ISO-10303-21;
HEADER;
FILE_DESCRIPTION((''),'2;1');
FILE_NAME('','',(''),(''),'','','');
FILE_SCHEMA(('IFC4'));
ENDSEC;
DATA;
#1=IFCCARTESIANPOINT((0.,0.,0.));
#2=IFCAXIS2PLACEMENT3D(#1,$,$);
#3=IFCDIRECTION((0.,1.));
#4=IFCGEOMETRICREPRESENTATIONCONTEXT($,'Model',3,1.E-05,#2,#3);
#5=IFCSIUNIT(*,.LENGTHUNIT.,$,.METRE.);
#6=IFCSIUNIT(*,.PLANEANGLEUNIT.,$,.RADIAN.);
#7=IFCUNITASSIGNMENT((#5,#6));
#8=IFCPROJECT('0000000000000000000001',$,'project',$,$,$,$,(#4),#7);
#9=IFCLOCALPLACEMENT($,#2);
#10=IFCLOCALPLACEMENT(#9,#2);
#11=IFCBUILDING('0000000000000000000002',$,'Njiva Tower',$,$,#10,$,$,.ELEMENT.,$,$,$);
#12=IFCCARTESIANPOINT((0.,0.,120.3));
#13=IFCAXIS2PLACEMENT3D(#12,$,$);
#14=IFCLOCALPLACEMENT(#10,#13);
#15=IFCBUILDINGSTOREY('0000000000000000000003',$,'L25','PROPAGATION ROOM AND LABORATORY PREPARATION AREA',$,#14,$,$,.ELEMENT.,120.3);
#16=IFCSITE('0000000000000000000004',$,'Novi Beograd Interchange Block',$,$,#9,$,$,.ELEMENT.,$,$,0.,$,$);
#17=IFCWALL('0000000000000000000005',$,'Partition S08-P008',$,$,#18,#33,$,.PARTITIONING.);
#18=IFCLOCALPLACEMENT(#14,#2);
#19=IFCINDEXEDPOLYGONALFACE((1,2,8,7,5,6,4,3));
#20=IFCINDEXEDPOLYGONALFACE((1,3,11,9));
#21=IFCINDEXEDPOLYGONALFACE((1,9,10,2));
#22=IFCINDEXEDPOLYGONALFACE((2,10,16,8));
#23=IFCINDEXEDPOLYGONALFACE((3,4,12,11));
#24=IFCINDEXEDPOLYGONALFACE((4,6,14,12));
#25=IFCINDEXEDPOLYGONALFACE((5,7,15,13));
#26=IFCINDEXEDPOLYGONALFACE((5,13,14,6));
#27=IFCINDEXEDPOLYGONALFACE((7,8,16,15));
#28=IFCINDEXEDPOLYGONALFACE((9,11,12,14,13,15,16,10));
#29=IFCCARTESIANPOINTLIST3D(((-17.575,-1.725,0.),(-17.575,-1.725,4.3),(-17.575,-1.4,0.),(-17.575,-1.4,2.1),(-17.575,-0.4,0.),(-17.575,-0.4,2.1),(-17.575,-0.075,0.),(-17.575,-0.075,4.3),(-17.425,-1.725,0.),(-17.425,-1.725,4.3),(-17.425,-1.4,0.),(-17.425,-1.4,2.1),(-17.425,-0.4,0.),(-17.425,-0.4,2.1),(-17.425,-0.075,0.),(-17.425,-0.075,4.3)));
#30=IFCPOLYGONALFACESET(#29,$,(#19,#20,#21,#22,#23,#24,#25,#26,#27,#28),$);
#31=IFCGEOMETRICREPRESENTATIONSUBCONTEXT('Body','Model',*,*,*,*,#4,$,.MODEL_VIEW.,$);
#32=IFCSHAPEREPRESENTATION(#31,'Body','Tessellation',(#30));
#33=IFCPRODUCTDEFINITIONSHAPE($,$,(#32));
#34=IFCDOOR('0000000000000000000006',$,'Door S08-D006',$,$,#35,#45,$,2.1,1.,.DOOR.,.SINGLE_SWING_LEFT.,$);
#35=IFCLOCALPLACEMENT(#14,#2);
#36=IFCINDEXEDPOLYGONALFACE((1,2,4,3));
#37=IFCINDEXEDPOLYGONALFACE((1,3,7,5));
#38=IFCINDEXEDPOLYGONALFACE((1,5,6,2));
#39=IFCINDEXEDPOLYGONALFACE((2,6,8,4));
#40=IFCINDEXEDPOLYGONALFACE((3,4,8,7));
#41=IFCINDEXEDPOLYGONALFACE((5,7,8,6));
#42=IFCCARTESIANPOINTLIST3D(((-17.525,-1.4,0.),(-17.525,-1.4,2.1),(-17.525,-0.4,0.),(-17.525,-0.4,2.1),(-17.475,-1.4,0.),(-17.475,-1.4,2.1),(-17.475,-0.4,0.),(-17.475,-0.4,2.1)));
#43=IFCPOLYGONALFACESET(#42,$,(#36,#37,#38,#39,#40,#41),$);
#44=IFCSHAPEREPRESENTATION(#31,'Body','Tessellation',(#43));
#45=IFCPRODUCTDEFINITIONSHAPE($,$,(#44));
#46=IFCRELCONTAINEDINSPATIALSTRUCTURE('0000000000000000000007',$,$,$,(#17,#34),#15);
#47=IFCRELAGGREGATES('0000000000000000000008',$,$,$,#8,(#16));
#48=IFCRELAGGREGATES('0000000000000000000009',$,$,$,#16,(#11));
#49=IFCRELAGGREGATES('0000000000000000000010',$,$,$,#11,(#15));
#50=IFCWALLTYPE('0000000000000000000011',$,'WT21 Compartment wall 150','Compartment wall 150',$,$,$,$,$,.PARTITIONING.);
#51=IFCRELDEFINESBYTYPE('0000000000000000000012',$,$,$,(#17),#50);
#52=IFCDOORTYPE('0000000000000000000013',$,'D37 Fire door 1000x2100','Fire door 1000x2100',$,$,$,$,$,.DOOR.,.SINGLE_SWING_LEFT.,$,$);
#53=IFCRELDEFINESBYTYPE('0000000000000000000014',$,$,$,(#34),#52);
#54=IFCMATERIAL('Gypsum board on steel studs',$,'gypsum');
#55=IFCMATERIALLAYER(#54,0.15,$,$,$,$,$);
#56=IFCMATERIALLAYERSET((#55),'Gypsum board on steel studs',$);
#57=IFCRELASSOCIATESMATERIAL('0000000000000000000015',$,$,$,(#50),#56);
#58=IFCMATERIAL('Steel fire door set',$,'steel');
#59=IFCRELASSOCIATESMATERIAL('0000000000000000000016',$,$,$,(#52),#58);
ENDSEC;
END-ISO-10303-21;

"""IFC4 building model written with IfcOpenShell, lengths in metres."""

from ifc_helpers import new_model, si_unit, direction, frame, frame_2d, origin, place, context, subcontext, project, spatial, rectangle, extrude, material, layer, layer_set, type_object, element, fill, save


model = new_model("IFC4")

# Units and contexts
model_context = context("Model", 3, precision=1e-05, world=origin(), true_north=direction((0.0, 1.0)))
body_context = subcontext(model_context, "Body", "Model", "MODEL_VIEW")
ifc_project = project(units=[si_unit("LENGTHUNIT", "METRE"), si_unit("PLANEANGLEUNIT", "RADIAN")], contexts=[model_context])

# Site, building, storey
site_placement = place(None, origin())
site = spatial("IfcSite", under=ifc_project, at=site_placement, Name="Novi Beograd Interchange Block", CompositionType="ELEMENT", RefElevation=0.0)
building_placement = place(site_placement, origin())
building = spatial("IfcBuilding", under=site, at=building_placement, Name="Njiva Tower", CompositionType="ELEMENT")
storey_placement = place(building_placement, frame((0.0, 0.0, 120.3)))
storey = spatial("IfcBuildingStorey", under=building, at=storey_placement, Name="L25", Description="PROPAGATION ROOM AND LABORATORY PREPARATION AREA", CompositionType="ELEMENT", Elevation=120.3)

# Shared definitions
ifc_material_1 = material(Name="Gypsum board on steel studs", Category="gypsum")
ifc_layer = layer(ifc_material_1, 0.15)
ifc_layer_set = layer_set([ifc_layer], Name="Gypsum board on steel studs")
wall_type = type_object("IfcWallType", Name="WT21 Compartment wall 150", Description="Compartment wall 150", PredefinedType="PARTITIONING", material=ifc_layer_set)
ifc_material_2 = material(Name="Steel fire door set", Category="steel")
door_type = type_object("IfcDoorType", Name="D37 Fire door 1000x2100", Description="Fire door 1000x2100", OperationType="SINGLE_SWING_LEFT", PredefinedType="DOOR", material=ifc_material_2)

# Wall, opening, door
wall_1_placement = place(storey_placement, frame((-17.5, -1.725, 0.0), z_axis=(0.0, 0.0, 1.0), x_axis=(0.0, 1.0, 0.0)))
wall_1 = element("IfcWall", 1, at=wall_1_placement, inside=storey, type_object=wall_type, Name="Partition S08-P008", PredefinedType="PARTITIONING", context=body_context, shape_type="SweptSolid", body=[
    extrude(rectangle(XDim=1.65, YDim=0.15, at=frame_2d((0.825, 0.0))), origin(), (0.0, 0.0, 1.0), 4.3),
])
opening_1_placement = place(wall_1_placement, frame((0.325, 0.0, 0.0)))
opening_1 = element("IfcOpeningElement", 2, at=opening_1_placement, cuts=wall_1, PredefinedType="OPENING", context=body_context, shape_type="SweptSolid", body=[
    extrude(rectangle(XDim=1.0, YDim=2.1, at=frame_2d((0.5, 1.05))), frame((0.0, 0.085, 0.0), z_axis=(0.0, -1.0, 0.0), x_axis=(1.0, 0.0, 0.0)), (0.0, 0.0, 1.0), 0.17),
])
door_1_placement = place(opening_1_placement, origin())
door_1 = element("IfcDoor", 3, at=door_1_placement, inside=storey, type_object=door_type, Name="Door S08-D006", OperationType="SINGLE_SWING_LEFT", OverallHeight=2.1, OverallWidth=1.0, PredefinedType="DOOR", context=body_context, shape_type="SweptSolid", body=[
    extrude(rectangle(XDim=1.0, YDim=2.1, at=frame_2d((0.5, 1.05))), frame((0.0, 0.025, 0.0), z_axis=(0.0, -1.0, 0.0), x_axis=(1.0, 0.0, 0.0)), (0.0, 0.0, 1.0), 0.05),
])
fill(opening_1, door_1)

save(model, "model.ifc")
